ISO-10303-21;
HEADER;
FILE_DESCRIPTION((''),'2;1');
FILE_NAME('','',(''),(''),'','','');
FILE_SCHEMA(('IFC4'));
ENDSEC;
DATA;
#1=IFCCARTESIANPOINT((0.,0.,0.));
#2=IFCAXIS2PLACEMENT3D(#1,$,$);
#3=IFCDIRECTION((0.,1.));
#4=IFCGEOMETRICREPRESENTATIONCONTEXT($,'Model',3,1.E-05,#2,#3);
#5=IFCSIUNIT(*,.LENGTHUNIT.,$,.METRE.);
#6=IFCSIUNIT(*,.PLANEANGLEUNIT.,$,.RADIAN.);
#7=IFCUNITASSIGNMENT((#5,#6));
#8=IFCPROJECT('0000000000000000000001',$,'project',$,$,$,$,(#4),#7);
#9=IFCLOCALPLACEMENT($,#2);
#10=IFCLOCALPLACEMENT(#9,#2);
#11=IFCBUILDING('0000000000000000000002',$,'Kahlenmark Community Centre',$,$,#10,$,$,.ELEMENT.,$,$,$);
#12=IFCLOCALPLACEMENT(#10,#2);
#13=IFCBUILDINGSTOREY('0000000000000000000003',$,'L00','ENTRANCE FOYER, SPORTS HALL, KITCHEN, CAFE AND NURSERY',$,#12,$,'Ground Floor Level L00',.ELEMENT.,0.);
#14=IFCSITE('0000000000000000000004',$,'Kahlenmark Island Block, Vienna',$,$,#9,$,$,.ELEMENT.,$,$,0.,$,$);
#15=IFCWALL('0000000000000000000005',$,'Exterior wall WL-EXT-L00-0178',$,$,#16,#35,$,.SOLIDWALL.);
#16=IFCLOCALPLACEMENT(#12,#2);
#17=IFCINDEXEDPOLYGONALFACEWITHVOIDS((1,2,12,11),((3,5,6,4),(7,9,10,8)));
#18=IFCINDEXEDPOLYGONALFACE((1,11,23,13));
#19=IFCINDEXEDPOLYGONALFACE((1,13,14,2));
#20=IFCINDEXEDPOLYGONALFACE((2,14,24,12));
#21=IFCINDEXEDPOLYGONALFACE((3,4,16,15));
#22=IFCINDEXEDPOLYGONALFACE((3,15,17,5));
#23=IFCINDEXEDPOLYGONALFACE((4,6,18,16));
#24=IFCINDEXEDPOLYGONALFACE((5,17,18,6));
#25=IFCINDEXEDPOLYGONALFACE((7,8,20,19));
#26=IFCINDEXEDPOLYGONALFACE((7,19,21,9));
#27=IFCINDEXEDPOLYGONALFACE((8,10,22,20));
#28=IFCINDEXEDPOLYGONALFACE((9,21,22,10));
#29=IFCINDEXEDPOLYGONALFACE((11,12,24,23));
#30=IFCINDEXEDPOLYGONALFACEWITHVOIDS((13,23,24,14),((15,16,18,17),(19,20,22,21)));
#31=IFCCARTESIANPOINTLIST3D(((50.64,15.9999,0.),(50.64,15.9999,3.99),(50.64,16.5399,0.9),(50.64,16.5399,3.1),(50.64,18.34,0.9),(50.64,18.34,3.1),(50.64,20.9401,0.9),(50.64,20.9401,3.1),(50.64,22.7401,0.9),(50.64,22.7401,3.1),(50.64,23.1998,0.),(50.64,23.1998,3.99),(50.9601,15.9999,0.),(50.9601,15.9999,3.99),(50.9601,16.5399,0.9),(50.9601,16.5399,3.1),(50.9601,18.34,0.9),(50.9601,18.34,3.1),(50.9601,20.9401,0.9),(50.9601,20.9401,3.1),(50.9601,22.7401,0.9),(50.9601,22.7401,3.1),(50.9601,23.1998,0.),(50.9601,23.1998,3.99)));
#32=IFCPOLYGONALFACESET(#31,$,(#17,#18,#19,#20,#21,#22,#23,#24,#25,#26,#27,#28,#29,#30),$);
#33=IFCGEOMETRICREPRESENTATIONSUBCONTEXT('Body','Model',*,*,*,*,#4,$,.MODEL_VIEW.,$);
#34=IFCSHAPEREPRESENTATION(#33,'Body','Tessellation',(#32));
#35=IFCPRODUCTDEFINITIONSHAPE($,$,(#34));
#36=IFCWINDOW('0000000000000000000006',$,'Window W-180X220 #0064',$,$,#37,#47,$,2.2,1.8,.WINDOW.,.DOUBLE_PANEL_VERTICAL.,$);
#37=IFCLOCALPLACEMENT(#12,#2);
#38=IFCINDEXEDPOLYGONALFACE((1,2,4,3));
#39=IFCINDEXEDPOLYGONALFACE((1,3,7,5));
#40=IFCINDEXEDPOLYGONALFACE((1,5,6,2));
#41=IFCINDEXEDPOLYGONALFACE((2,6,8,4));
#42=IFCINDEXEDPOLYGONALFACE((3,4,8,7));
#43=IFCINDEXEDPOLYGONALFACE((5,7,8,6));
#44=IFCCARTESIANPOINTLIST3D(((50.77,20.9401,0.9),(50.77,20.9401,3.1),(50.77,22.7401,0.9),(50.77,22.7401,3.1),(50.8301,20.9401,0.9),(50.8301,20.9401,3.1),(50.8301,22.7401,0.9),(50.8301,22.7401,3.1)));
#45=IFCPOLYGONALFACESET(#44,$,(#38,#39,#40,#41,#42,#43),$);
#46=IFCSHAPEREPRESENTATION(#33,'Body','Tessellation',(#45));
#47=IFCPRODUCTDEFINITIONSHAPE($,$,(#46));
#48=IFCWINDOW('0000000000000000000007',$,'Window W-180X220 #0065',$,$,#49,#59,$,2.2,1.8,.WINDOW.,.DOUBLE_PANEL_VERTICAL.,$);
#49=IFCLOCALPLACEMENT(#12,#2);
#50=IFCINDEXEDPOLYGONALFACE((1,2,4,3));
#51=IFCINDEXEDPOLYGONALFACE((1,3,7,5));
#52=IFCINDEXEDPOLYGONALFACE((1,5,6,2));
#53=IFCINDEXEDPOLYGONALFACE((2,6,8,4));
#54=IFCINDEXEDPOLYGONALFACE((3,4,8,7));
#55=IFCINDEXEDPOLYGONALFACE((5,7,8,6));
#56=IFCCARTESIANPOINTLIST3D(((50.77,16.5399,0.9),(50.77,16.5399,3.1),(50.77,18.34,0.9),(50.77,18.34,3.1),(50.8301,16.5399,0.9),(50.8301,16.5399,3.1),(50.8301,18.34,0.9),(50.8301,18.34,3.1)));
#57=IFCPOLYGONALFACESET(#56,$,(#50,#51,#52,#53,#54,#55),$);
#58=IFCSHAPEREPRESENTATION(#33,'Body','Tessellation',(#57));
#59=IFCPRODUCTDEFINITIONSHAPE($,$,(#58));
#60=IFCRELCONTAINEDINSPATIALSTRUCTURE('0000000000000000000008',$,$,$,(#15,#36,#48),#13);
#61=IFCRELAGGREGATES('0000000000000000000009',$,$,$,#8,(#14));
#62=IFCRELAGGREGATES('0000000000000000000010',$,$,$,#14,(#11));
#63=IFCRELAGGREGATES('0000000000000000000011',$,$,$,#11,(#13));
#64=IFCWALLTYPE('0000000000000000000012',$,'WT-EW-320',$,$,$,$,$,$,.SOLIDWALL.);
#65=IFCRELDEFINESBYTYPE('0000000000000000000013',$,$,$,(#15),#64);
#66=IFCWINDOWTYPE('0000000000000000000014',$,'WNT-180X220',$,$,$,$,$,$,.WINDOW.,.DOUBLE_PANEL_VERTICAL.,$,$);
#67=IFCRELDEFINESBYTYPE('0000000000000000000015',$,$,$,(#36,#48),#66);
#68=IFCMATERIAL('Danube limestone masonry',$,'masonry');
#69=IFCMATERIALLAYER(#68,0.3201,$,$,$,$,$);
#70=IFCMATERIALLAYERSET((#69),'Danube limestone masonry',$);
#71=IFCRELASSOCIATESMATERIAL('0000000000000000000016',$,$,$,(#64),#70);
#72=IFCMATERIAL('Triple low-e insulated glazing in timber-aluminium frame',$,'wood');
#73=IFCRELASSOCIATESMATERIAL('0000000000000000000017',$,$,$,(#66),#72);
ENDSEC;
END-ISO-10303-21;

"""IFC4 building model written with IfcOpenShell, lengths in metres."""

from ifc_helpers import new_model, si_unit, direction, frame, frame_2d, origin, place, context, subcontext, project, spatial, rectangle, extrude, material, layer, layer_set, type_object, element, fill, save


model = new_model("IFC4")

# Units and contexts
model_context = context("Model", 3, precision=1e-05, world=origin(), true_north=direction((0.0, 1.0)))
body_context = subcontext(model_context, "Body", "Model", "MODEL_VIEW")
ifc_project = project(units=[si_unit("LENGTHUNIT", "METRE"), si_unit("PLANEANGLEUNIT", "RADIAN")], contexts=[model_context])

# Site, building, storey
site_placement = place(None, origin())
site = spatial("IfcSite", under=ifc_project, at=site_placement, Name="Kahlenmark Island Block, Vienna", CompositionType="ELEMENT", RefElevation=0.0)
building_placement = place(site_placement, origin())
building = spatial("IfcBuilding", under=site, at=building_placement, Name="Kahlenmark Community Centre", CompositionType="ELEMENT")
storey_placement = place(building_placement, origin())
storey = spatial("IfcBuildingStorey", under=building, at=storey_placement, Name="L00", Description="ENTRANCE FOYER, SPORTS HALL, KITCHEN, CAFE AND NURSERY", LongName="Ground Floor Level L00", CompositionType="ELEMENT", Elevation=0.0)

# Wall, openings, windows
ifc_material_1 = material(Name="Danube limestone masonry", Category="masonry")
ifc_layer_1 = layer(ifc_material_1, 0.3201)
ifc_layer_set_1 = layer_set([ifc_layer_1], Name="Danube limestone masonry")
wall_type_1 = type_object("IfcWallType", Name="WT-EW-320", PredefinedType="SOLIDWALL", material=ifc_layer_set_1)
ifc_material_2 = material(Name="Triple low-e insulated glazing in timber-aluminium frame", Category="wood")
window_type = type_object("IfcWindowType", Name="WNT-180X220", PartitioningType="DOUBLE_PANEL_VERTICAL", PredefinedType="WINDOW", material=ifc_material_2)
wall_1_placement = place(storey_placement, frame((50.8, 23.2, 0.0), z_axis=(0.0, 0.0, 1.0), x_axis=(0.0, -1.0, 0.0)))
wall_1 = element("IfcWall", 1, at=wall_1_placement, inside=storey, type_object=wall_type_1, Name="Exterior wall WL-EXT-L00-0178", PredefinedType="SOLIDWALL", context=body_context, shape_type="SweptSolid", body=[
    extrude(rectangle(XDim=7.2, YDim=0.3201, at=frame_2d((3.6001, 0.0))), origin(), (0.0, 0.0, 1.0), 3.99),
])
opening_1_placement = place(wall_1_placement, frame((0.46, 0.0, 0.8999)))
opening_1 = element("IfcOpeningElement", 2, at=opening_1_placement, cuts=wall_1, PredefinedType="OPENING", context=body_context, shape_type="SweptSolid", body=[
    extrude(rectangle(XDim=1.8, YDim=2.2, at=frame_2d((0.8999, 1.1001))), frame((0.0, 0.1699, 0.0), z_axis=(0.0, -1.0, 0.0), x_axis=(1.0, 0.0, 0.0)), (0.0, 0.0, 1.0), 0.3401),
])
opening_2_placement = place(wall_1_placement, frame((4.8601, 0.0, 0.8999)))
opening_2 = element("IfcOpeningElement", 3, at=opening_2_placement, cuts=wall_1, PredefinedType="OPENING", context=body_context, shape_type="SweptSolid", body=[
    extrude(rectangle(XDim=1.8, YDim=2.2, at=frame_2d((0.8999, 1.1001))), frame((0.0, 0.1699, 0.0), z_axis=(0.0, -1.0, 0.0), x_axis=(1.0, 0.0, 0.0)), (0.0, 0.0, 1.0), 0.3401),
])
window_1_placement = place(opening_1_placement, origin())
window_1 = element("IfcWindow", 4, at=window_1_placement, inside=storey, type_object=window_type, Name="Window W-180X220 #0064", OverallHeight=2.2, OverallWidth=1.8, PartitioningType="DOUBLE_PANEL_VERTICAL", PredefinedType="WINDOW", context=body_context, shape_type="SweptSolid", body=[
    extrude(rectangle(XDim=1.8, YDim=2.2, at=frame_2d((0.8999, 1.1001))), frame((0.0, 0.03, 0.0), z_axis=(0.0, -1.0, 0.0), x_axis=(1.0, 0.0, 0.0)), (0.0, 0.0, 1.0), 0.0601),
])
fill(opening_1, window_1)
window_2_placement = place(opening_2_placement, origin())
window_2 = element("IfcWindow", 5, at=window_2_placement, inside=storey, type_object=window_type, Name="Window W-180X220 #0065", OverallHeight=2.2, OverallWidth=1.8, PartitioningType="DOUBLE_PANEL_VERTICAL", PredefinedType="WINDOW", context=body_context, shape_type="SweptSolid", body=[
    extrude(rectangle(XDim=1.8, YDim=2.2, at=frame_2d((0.8999, 1.1001))), frame((0.0, 0.03, 0.0), z_axis=(0.0, -1.0, 0.0), x_axis=(1.0, 0.0, 0.0)), (0.0, 0.0, 1.0), 0.0601),
])
fill(opening_2, window_2)

save(model, "model.ifc")
